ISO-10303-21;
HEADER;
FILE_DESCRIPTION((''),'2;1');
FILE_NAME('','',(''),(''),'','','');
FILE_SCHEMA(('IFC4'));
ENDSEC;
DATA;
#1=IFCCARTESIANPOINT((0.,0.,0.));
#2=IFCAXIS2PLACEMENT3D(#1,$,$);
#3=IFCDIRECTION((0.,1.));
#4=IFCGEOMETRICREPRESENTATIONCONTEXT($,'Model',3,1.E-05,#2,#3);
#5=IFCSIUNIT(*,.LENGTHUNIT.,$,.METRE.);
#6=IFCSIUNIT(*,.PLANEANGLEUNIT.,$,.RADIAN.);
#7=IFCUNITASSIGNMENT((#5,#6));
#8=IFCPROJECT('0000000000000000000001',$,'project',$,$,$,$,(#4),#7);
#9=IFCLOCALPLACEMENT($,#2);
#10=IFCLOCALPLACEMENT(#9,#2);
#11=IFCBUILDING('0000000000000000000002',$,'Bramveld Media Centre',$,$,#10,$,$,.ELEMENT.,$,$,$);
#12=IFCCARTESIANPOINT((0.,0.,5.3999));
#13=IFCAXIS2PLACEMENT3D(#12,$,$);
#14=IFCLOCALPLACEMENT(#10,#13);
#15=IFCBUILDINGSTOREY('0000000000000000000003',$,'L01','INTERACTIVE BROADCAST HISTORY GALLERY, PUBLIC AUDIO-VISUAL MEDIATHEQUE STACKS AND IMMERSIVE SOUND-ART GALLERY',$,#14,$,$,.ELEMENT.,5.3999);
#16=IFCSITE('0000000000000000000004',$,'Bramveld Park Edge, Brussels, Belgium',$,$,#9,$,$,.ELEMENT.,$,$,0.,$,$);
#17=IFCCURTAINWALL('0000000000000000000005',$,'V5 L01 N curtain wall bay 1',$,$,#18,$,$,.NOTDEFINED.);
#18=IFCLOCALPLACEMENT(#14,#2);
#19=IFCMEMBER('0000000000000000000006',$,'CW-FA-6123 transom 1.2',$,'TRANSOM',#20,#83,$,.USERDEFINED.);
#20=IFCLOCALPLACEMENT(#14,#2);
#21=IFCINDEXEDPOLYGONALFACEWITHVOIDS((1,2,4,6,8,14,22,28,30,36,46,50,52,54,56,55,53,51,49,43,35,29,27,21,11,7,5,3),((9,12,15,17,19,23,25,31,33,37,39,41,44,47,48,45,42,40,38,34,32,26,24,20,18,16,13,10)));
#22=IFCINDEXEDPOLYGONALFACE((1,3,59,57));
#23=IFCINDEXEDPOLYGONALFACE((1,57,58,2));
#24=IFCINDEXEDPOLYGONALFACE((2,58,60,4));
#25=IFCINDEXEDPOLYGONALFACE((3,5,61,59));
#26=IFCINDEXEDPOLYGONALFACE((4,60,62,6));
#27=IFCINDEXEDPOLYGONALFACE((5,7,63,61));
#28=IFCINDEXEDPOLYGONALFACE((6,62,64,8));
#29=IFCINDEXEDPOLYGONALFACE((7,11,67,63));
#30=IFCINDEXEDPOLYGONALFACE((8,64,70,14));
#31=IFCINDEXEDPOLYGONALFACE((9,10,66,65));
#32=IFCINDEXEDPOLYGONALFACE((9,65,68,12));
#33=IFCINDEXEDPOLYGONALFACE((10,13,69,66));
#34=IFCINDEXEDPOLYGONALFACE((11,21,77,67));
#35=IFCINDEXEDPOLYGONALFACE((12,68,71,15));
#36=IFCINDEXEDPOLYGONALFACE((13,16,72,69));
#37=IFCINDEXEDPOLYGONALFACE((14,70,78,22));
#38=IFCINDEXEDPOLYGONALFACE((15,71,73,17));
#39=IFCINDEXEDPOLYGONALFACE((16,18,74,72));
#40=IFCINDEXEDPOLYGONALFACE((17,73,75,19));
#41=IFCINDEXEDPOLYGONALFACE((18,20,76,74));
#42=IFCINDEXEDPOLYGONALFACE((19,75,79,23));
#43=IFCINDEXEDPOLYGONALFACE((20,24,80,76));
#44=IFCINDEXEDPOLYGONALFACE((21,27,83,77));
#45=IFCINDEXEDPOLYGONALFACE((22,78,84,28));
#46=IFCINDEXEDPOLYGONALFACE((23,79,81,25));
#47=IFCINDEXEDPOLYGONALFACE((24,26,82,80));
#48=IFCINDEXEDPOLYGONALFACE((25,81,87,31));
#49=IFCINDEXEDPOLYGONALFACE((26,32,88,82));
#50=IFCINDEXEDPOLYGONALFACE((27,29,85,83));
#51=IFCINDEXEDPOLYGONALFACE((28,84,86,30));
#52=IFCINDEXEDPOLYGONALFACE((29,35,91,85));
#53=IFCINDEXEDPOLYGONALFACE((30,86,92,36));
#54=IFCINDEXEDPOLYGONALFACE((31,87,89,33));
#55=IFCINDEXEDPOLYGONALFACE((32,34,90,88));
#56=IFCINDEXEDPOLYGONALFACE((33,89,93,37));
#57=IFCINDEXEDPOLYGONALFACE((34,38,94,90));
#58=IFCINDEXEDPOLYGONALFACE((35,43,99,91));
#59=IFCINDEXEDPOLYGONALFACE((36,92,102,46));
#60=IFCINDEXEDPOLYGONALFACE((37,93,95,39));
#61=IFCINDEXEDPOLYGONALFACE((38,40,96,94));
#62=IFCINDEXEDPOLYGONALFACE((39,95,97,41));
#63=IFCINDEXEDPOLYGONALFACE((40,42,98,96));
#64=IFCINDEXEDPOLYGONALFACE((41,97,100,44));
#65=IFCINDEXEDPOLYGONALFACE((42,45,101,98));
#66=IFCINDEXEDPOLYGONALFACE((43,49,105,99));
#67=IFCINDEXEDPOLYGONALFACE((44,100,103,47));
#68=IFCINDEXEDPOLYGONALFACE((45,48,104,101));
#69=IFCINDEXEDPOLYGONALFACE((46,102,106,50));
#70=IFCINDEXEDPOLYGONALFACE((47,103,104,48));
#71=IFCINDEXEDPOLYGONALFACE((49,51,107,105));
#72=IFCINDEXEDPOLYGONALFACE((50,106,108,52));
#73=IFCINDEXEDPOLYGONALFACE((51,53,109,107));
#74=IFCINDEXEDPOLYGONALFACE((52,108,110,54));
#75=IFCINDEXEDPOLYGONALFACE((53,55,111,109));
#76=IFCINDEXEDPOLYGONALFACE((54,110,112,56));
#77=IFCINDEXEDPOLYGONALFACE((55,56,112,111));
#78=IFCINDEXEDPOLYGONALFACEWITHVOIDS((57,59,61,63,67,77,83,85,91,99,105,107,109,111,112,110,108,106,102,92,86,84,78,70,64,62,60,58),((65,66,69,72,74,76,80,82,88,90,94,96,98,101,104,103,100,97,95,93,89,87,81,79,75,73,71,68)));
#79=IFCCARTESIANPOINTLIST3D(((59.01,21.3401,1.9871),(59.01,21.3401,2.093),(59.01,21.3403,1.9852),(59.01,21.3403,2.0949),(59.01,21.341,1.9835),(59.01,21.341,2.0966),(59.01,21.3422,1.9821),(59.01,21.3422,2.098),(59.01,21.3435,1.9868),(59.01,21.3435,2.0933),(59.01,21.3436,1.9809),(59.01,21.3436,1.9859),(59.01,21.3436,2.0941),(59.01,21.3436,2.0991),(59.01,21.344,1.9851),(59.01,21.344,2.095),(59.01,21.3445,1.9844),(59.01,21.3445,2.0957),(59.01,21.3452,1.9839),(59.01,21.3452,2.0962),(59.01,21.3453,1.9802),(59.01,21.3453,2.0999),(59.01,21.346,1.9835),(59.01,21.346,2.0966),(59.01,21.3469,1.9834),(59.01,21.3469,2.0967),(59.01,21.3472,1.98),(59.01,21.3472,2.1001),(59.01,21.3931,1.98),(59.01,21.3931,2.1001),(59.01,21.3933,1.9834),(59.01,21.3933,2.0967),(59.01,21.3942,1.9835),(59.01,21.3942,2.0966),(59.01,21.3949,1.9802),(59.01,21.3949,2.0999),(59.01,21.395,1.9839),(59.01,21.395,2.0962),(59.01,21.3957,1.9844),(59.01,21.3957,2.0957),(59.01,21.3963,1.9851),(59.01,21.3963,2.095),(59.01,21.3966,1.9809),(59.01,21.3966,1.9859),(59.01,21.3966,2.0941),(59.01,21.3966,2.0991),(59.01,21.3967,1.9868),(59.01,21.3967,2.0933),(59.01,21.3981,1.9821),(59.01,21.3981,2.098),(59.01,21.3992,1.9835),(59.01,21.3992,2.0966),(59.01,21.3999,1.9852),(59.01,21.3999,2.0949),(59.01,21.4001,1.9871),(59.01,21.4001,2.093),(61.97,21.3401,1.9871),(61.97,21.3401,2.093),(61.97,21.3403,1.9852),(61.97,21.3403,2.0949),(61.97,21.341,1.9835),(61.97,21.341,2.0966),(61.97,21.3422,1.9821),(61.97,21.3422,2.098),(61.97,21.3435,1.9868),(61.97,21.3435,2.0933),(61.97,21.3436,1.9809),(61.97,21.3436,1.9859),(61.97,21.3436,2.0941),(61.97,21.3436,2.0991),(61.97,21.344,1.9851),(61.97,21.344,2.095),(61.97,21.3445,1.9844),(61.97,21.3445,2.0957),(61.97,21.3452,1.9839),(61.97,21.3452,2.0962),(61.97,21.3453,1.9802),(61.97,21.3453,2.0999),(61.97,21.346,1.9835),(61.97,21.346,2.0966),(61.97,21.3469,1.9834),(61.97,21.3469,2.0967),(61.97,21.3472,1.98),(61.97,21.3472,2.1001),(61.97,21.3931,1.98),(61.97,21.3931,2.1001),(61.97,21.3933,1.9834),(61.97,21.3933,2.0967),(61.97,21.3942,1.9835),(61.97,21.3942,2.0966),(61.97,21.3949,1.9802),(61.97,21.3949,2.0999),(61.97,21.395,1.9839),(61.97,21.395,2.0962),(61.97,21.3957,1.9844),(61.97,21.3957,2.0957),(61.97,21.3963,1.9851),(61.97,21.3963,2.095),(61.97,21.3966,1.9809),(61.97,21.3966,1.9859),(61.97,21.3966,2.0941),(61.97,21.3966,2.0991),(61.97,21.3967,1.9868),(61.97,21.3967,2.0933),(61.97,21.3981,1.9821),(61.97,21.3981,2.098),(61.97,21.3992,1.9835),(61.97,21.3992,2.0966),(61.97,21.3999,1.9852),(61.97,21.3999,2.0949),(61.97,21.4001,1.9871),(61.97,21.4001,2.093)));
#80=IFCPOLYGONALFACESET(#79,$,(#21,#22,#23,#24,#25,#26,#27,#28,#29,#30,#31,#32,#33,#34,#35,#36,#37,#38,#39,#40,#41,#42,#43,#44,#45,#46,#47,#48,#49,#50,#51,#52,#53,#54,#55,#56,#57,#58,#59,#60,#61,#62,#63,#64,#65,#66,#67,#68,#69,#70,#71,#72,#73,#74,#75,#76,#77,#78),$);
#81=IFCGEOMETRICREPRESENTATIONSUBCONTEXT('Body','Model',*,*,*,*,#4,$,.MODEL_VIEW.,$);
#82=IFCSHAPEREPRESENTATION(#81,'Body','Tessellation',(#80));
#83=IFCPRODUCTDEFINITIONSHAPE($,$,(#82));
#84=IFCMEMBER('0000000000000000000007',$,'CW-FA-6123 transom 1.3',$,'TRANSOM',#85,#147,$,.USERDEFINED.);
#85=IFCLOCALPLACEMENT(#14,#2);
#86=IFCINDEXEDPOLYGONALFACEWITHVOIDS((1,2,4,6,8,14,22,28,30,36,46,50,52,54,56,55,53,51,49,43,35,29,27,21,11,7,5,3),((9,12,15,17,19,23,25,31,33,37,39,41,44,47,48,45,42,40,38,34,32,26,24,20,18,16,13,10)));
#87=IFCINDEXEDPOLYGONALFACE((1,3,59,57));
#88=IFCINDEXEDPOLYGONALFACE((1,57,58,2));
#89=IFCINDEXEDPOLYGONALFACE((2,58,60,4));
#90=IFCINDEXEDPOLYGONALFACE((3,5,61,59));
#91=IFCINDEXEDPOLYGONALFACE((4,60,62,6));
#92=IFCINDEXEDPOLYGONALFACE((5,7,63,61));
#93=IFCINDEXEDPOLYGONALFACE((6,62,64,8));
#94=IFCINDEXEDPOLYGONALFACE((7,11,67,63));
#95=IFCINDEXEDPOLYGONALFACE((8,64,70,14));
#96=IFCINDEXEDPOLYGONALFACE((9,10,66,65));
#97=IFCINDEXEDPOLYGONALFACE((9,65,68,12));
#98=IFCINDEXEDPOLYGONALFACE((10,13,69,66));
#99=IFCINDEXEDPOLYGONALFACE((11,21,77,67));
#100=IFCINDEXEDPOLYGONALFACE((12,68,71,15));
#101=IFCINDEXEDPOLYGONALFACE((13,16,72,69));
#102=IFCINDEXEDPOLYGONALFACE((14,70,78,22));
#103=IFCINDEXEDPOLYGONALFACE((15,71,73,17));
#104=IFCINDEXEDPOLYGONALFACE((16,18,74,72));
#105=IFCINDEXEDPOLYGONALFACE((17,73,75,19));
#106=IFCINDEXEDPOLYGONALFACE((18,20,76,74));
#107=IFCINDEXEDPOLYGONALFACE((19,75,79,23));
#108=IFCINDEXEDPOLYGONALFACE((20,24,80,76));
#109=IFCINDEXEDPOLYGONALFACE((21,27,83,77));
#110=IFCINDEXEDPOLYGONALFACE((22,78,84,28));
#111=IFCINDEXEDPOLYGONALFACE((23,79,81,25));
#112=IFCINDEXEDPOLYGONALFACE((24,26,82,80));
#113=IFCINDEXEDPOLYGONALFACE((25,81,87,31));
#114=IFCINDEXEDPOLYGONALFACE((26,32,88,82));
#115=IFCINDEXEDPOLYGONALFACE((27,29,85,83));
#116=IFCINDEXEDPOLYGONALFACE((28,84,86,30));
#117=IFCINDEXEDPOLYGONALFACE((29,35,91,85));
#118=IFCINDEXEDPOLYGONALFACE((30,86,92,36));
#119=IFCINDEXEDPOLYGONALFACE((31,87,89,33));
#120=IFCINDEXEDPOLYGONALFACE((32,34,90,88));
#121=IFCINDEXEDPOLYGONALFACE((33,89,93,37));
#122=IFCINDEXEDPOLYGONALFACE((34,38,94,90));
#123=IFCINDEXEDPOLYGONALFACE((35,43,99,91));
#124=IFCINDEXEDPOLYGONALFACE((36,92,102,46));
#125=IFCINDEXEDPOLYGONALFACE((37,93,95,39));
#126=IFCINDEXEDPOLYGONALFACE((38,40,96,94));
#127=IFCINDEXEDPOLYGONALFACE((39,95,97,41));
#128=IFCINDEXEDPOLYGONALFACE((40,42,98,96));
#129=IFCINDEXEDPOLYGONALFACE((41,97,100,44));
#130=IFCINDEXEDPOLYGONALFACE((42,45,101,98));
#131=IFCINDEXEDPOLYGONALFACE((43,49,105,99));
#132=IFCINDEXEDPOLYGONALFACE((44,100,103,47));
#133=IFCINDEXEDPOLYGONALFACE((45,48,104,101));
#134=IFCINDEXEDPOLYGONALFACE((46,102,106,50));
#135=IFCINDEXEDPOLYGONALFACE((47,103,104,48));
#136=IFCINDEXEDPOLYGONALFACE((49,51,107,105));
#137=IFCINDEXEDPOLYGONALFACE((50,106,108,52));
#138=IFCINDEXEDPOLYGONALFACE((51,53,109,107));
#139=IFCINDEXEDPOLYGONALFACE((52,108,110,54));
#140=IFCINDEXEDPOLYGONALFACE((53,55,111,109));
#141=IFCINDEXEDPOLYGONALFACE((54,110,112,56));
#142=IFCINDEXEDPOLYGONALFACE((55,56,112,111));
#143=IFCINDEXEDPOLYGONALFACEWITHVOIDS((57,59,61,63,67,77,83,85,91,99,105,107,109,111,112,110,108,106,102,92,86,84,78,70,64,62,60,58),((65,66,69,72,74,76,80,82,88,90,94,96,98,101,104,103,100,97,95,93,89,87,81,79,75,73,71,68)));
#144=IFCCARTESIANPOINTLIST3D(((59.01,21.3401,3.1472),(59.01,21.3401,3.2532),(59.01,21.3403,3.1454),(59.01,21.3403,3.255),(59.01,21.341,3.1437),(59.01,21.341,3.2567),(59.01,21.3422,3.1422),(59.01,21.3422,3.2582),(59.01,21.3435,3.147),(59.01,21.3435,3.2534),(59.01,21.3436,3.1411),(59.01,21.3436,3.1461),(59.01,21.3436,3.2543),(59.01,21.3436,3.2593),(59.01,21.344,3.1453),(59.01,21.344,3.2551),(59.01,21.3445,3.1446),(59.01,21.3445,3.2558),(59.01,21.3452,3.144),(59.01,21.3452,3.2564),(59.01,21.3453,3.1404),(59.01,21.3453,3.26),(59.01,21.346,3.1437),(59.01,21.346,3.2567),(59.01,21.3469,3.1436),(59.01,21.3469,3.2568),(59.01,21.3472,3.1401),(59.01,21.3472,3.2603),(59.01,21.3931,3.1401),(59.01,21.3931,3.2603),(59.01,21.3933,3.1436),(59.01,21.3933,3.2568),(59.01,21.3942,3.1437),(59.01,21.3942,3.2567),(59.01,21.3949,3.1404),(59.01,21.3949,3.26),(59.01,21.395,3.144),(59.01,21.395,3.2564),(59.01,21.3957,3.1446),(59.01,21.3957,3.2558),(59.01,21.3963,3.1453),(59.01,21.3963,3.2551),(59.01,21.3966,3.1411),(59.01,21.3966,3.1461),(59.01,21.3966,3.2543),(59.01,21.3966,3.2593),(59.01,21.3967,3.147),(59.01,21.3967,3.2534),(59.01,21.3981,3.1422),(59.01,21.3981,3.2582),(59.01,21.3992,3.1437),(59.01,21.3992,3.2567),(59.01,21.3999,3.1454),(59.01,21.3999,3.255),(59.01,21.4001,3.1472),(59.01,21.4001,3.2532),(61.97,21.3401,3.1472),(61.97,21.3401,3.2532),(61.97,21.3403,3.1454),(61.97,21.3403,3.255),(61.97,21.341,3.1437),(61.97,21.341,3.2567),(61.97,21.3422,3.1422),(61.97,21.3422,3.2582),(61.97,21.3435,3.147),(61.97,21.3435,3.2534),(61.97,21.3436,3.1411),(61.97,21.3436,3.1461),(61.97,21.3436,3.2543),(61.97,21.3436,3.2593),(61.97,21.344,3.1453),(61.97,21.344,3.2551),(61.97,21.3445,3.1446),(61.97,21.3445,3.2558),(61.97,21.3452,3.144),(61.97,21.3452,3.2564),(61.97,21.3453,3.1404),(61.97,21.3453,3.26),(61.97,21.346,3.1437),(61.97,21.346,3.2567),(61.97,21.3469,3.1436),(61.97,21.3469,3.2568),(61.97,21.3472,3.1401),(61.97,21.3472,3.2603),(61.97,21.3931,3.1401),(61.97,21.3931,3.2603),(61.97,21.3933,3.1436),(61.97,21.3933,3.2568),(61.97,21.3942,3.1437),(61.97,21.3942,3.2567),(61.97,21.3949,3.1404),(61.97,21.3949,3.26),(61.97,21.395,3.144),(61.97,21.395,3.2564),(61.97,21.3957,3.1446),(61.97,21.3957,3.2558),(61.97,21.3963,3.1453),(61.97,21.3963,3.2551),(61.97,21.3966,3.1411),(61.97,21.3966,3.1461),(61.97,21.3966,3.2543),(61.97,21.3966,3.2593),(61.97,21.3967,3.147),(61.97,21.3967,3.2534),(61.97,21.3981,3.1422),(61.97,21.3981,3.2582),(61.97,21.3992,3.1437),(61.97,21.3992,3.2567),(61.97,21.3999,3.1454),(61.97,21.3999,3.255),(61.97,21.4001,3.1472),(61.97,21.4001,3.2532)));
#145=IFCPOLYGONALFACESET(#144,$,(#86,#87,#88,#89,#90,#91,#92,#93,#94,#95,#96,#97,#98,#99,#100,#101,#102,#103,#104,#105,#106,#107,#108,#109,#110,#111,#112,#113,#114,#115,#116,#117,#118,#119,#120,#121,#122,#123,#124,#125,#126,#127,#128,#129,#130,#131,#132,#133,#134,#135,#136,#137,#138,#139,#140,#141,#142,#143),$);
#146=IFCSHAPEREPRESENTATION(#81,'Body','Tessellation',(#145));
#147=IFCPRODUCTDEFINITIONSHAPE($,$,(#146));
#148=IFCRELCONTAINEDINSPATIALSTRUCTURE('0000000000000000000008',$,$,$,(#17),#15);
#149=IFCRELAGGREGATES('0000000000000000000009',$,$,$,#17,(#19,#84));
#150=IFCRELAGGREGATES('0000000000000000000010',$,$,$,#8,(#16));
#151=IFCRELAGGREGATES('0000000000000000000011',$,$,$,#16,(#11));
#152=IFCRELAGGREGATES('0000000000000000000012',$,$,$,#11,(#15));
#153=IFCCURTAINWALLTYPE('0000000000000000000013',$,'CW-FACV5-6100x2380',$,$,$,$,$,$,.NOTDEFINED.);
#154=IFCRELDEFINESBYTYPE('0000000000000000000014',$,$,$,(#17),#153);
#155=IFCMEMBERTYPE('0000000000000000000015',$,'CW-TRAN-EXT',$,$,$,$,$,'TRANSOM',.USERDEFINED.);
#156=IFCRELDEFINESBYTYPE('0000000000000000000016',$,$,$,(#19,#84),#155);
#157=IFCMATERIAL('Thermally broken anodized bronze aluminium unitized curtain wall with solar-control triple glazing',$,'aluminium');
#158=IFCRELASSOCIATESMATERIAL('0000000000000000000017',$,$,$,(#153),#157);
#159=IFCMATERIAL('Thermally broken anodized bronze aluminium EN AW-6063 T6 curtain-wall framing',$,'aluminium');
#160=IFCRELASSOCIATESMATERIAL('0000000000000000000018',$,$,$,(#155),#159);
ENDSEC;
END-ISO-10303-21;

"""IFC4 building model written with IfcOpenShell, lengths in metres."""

from ifc_helpers import new_model, si_unit, direction, frame, origin, origin_2d, place, context, subcontext, project, spatial, hollow_rectangle, extrude, material, material_profile, profile_set, type_object, element, aggregate, save


model = new_model("IFC4")

# Units and contexts
model_context = context("Model", 3, precision=1e-05, world=origin(), true_north=direction((0.0, 1.0)))
body_context = subcontext(model_context, "Body", "Model", "MODEL_VIEW")
ifc_project = project(units=[si_unit("LENGTHUNIT", "METRE"), si_unit("PLANEANGLEUNIT", "RADIAN")], contexts=[model_context])

# Site, building, storey
site_placement = place(None, origin())
site = spatial("IfcSite", under=ifc_project, at=site_placement, Name="Bramveld Park Edge, Brussels, Belgium", CompositionType="ELEMENT", RefElevation=0.0)
building_placement = place(site_placement, origin())
building = spatial("IfcBuilding", under=site, at=building_placement, Name="Bramveld Media Centre", CompositionType="ELEMENT")
storey_placement = place(building_placement, frame((0.0, 0.0, 5.3999)))
storey = spatial("IfcBuildingStorey", under=building, at=storey_placement, Name="L01", Description="INTERACTIVE BROADCAST HISTORY GALLERY, PUBLIC AUDIO-VISUAL MEDIATHEQUE STACKS AND IMMERSIVE SOUND-ART GALLERY", CompositionType="ELEMENT", Elevation=5.3999)

# Curtain wall, members
ifc_material_1 = material(Name="Thermally broken anodized bronze aluminium unitized curtain wall with solar-control triple glazing", Category="aluminium")
curtain_wall_type = type_object("IfcCurtainWallType", Name="CW-FACV5-6100x2380", PredefinedType="NOTDEFINED", material=ifc_material_1)
curtain_wall_placement = place(storey_placement, origin())
curtain_wall = element("IfcCurtainWall", 1, at=curtain_wall_placement, inside=storey, type_object=curtain_wall_type, Name="V5 L01 N curtain wall bay 1", PredefinedType="NOTDEFINED")
ifc_material_2 = material(Name="Thermally broken anodized bronze aluminium EN AW-6063 T6 curtain-wall framing", Category="aluminium")
ifc_material_profile_1 = material_profile(ifc_material_2, hollow_rectangle(XDim=0.0601, YDim=0.1201, WallThickness=0.0034, InnerFilletRadius=0.0034, OuterFilletRadius=0.0071, at=origin_2d()), Name="AL-TRAN 60x120")
ifc_profile_set_1 = profile_set([ifc_material_profile_1], Name="Thermally broken anodized bronze aluminium EN AW-6063 T6 curtain-wall framing")
member_type_1 = type_object("IfcMemberType", Name="CW-TRAN-EXT", ElementType="TRANSOM", PredefinedType="USERDEFINED", material=ifc_profile_set_1)
member_1_placement = place(storey_placement, frame((59.01, 21.3701, 2.04), z_axis=(1.0, 0.0, 0.0), x_axis=(0.0, 1.0, 0.0)))
member_1 = element("IfcMember", 2, at=member_1_placement, type_object=member_type_1, Name="CW-FA-6123 transom 1.2", ObjectType="TRANSOM", PredefinedType="USERDEFINED", context=body_context, shape_type="SweptSolid", body=[
    extrude(hollow_rectangle(XDim=0.0601, YDim=0.1201, WallThickness=0.0034, InnerFilletRadius=0.0034, OuterFilletRadius=0.0071, at=origin_2d()), origin(), (0.0, 0.0, 1.0), 2.96),
])
member_2_placement = place(storey_placement, frame((59.01, 21.3701, 3.2002), z_axis=(1.0, 0.0, 0.0), x_axis=(0.0, 1.0, 0.0)))
member_2 = element("IfcMember", 3, at=member_2_placement, type_object=member_type_1, Name="CW-FA-6123 transom 1.3", ObjectType="TRANSOM", PredefinedType="USERDEFINED", context=body_context, shape_type="SweptSolid", body=[
    extrude(hollow_rectangle(XDim=0.0601, YDim=0.1201, WallThickness=0.0034, InnerFilletRadius=0.0034, OuterFilletRadius=0.0071, at=origin_2d()), origin(), (0.0, 0.0, 1.0), 2.96),
])

aggregate(curtain_wall, [member_1, member_2])

save(model, "model.ifc")
